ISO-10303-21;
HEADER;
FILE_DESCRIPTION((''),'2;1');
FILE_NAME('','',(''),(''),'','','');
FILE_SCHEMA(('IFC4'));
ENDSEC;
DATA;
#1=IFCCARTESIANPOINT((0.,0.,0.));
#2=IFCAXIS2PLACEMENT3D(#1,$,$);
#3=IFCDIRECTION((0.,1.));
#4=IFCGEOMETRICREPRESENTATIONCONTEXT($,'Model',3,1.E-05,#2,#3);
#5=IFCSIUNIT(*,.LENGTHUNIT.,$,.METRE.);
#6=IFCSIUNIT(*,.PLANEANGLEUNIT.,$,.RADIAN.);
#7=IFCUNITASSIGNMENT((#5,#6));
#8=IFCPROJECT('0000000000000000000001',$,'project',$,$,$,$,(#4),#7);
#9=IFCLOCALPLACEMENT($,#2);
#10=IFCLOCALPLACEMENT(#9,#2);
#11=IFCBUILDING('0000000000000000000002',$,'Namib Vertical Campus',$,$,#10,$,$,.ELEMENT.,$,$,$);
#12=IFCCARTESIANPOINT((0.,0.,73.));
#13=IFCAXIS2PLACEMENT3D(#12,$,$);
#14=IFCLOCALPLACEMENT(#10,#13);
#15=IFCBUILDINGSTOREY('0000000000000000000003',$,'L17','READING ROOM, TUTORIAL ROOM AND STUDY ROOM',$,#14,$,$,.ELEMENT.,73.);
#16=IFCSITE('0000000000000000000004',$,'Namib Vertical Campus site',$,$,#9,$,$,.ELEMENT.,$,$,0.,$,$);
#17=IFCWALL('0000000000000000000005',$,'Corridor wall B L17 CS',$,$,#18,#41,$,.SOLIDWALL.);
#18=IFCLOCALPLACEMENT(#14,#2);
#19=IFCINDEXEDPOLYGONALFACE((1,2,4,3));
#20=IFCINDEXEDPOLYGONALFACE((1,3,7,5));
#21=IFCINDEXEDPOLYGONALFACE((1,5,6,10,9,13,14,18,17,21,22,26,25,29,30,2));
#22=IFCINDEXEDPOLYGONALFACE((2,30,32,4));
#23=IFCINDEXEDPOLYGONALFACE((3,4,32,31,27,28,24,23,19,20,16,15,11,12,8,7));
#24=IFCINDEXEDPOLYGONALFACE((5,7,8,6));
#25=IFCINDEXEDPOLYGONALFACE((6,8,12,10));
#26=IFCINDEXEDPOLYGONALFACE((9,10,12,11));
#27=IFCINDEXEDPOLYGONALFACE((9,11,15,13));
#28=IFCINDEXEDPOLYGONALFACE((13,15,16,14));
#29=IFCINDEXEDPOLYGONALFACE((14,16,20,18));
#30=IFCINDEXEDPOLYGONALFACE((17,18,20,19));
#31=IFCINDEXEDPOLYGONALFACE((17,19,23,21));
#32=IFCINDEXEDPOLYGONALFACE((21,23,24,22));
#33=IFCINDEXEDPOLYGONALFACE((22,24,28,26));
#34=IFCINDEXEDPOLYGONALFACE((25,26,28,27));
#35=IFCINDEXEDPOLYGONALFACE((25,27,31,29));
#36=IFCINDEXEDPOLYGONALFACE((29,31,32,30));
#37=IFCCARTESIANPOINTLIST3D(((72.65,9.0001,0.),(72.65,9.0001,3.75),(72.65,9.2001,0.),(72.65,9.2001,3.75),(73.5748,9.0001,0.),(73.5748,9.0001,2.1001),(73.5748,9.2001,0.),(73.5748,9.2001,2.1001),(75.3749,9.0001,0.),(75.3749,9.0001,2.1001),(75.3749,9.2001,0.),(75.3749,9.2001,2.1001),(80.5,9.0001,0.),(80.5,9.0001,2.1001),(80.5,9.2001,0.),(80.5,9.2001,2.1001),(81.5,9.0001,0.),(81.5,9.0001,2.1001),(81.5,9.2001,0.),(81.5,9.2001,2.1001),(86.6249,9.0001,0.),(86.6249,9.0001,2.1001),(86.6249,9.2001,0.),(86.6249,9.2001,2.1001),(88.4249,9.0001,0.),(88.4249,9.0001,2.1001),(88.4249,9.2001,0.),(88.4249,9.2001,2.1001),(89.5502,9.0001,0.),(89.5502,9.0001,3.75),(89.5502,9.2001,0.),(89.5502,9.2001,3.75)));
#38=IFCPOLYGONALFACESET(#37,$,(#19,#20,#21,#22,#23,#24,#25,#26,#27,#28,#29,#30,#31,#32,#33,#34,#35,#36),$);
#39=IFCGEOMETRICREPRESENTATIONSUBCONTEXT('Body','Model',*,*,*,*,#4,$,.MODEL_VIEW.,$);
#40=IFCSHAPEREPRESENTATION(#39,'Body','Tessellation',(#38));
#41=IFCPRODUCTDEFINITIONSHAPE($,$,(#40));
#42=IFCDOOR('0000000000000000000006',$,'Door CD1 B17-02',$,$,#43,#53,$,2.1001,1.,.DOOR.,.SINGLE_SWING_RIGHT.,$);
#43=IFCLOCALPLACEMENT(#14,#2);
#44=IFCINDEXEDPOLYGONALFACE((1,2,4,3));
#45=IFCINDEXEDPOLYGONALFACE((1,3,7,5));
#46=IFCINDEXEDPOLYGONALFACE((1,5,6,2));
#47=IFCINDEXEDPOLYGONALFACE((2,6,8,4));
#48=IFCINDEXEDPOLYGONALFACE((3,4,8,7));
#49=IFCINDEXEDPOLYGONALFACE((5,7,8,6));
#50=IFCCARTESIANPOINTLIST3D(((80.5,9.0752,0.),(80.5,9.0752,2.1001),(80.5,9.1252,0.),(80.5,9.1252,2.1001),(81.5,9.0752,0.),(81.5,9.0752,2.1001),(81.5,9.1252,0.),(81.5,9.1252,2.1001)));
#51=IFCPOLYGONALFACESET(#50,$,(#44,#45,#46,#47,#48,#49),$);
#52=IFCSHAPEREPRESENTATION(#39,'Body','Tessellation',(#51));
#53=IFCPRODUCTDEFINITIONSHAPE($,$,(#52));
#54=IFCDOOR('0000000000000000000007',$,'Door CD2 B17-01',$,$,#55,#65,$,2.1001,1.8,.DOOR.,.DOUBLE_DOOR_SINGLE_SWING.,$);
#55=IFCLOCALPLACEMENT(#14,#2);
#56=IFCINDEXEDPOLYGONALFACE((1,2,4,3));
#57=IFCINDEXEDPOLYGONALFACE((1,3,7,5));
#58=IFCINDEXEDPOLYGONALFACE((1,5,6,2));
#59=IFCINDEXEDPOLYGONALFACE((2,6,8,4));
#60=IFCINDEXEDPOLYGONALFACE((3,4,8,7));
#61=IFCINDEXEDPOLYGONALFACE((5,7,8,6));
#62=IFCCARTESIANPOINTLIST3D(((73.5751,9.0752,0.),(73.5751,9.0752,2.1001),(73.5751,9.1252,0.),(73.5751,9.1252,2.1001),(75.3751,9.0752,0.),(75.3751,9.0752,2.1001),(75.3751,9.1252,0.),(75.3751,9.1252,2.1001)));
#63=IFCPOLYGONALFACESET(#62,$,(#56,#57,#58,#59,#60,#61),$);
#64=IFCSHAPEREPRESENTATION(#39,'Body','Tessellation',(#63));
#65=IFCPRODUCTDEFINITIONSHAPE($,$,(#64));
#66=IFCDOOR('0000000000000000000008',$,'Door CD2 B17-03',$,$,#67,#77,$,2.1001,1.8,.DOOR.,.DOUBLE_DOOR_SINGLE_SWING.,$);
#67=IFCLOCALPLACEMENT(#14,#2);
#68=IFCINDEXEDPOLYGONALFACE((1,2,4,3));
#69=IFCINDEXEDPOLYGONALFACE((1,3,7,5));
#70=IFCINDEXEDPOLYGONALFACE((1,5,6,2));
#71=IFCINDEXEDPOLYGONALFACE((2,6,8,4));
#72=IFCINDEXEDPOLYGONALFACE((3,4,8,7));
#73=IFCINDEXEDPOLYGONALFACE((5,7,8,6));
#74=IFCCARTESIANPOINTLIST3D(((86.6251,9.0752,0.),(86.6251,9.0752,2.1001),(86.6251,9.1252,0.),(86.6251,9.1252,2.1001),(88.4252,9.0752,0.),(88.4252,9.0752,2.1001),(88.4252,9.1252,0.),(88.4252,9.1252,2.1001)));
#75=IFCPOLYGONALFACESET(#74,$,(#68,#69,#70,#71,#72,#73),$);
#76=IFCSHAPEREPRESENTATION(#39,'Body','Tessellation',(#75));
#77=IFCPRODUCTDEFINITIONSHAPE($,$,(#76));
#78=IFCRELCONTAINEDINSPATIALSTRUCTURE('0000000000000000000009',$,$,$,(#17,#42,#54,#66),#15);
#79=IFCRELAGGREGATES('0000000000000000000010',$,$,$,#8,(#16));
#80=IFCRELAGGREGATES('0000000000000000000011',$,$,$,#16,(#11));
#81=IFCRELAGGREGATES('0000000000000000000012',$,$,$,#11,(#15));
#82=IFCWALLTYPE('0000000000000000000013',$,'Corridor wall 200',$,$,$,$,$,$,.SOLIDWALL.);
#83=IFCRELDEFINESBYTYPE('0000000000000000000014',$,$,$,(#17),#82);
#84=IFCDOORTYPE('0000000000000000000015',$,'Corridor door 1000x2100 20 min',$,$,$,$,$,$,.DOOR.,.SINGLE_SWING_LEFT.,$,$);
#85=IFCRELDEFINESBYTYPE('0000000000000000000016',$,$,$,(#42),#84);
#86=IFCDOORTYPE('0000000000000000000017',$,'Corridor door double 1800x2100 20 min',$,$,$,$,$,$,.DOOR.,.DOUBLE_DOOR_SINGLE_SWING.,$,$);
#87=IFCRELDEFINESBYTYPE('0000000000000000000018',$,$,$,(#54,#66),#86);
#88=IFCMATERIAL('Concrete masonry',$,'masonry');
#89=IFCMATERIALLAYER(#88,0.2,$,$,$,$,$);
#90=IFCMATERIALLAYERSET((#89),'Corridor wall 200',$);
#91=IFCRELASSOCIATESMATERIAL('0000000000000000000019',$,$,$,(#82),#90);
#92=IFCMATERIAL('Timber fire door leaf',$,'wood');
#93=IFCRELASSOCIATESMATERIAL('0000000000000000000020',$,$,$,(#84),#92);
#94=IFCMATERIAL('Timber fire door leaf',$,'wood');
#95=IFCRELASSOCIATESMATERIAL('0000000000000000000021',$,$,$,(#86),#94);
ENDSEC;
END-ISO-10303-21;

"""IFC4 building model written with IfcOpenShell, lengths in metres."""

from ifc_helpers import new_model, si_unit, direction, frame, frame_2d, origin, place, context, subcontext, project, spatial, rectangle, extrude, material, layer, layer_set, type_object, element, fill, save


model = new_model("IFC4")

# Units and contexts
model_context = context("Model", 3, precision=1e-05, world=origin(), true_north=direction((0.0, 1.0)))
body_context = subcontext(model_context, "Body", "Model", "MODEL_VIEW")
ifc_project = project(units=[si_unit("LENGTHUNIT", "METRE"), si_unit("PLANEANGLEUNIT", "RADIAN")], contexts=[model_context])

# Site, building, storey
site_placement = place(None, origin())
site = spatial("IfcSite", under=ifc_project, at=site_placement, Name="Namib Vertical Campus site", CompositionType="ELEMENT", RefElevation=0.0)
building_placement = place(site_placement, origin())
building = spatial("IfcBuilding", under=site, at=building_placement, Name="Namib Vertical Campus", CompositionType="ELEMENT")
storey_placement = place(building_placement, frame((0.0, 0.0, 73.0)))
storey = spatial("IfcBuildingStorey", under=building, at=storey_placement, Name="L17", Description="READING ROOM, TUTORIAL ROOM AND STUDY ROOM", CompositionType="ELEMENT", Elevation=73.0)

# Wall, openings, doors
ifc_material_1 = material(Name="Concrete masonry", Category="masonry")
ifc_layer_1 = layer(ifc_material_1, 0.2)
ifc_layer_set_1 = layer_set([ifc_layer_1], Name="Corridor wall 200")
wall_type_1 = type_object("IfcWallType", Name="Corridor wall 200", PredefinedType="SOLIDWALL", material=ifc_layer_set_1)
wall_1_placement = place(storey_placement, frame((72.6499, 9.1001, 0.0), z_axis=(0.0, 0.0, 1.0), x_axis=(1.0, 0.0, 0.0)))
wall_1 = element("IfcWall", 1, at=wall_1_placement, inside=storey, type_object=wall_type_1, Name="Corridor wall B L17 CS", PredefinedType="SOLIDWALL", context=body_context, shape_type="SweptSolid", body=[
    extrude(rectangle(XDim=16.9001, YDim=0.2, at=frame_2d((8.4502, 0.0))), origin(), (0.0, 0.0, 1.0), 3.75),
])
opening_1_placement = place(wall_1_placement, frame((0.925, 0.0, 0.0)))
opening_1 = element("IfcOpeningElement", 2, at=opening_1_placement, cuts=wall_1, PredefinedType="OPENING", context=body_context, shape_type="SweptSolid", body=[
    extrude(rectangle(XDim=1.8, YDim=2.1001, at=frame_2d((0.8999, 1.05))), frame((0.0, 0.1099, 0.0), z_axis=(0.0, -1.0, 0.0), x_axis=(1.0, 0.0, 0.0)), (0.0, 0.0, 1.0), 0.22),
])
opening_2_placement = place(wall_1_placement, frame((7.8501, 0.0, 0.0)))
opening_2 = element("IfcOpeningElement", 3, at=opening_2_placement, cuts=wall_1, PredefinedType="OPENING", context=body_context, shape_type="SweptSolid", body=[
    extrude(rectangle(XDim=1.0, YDim=2.1001, at=frame_2d((0.5, 1.05))), frame((0.0, 0.1099, 0.0), z_axis=(0.0, -1.0, 0.0), x_axis=(1.0, 0.0, 0.0)), (0.0, 0.0, 1.0), 0.22),
])
opening_3_placement = place(wall_1_placement, frame((13.9751, 0.0, 0.0)))
opening_3 = element("IfcOpeningElement", 4, at=opening_3_placement, cuts=wall_1, PredefinedType="OPENING", context=body_context, shape_type="SweptSolid", body=[
    extrude(rectangle(XDim=1.8, YDim=2.1001, at=frame_2d((0.8999, 1.05))), frame((0.0, 0.1099, 0.0), z_axis=(0.0, -1.0, 0.0), x_axis=(1.0, 0.0, 0.0)), (0.0, 0.0, 1.0), 0.22),
])
ifc_material_2 = material(Name="Timber fire door leaf", Category="wood")
door_type_1 = type_object("IfcDoorType", Name="Corridor door 1000x2100 20 min", OperationType="SINGLE_SWING_LEFT", PredefinedType="DOOR", material=ifc_material_2)
door_1_placement = place(opening_2_placement, frame((1.0, 0.0, 0.0), z_axis=(0.0, 0.0, 1.0), x_axis=(-1.0, 0.0, 0.0)))
door_1 = element("IfcDoor", 5, at=door_1_placement, inside=storey, type_object=door_type_1, Name="Door CD1 B17-02", OperationType="SINGLE_SWING_RIGHT", OverallHeight=2.1001, OverallWidth=1.0, PredefinedType="DOOR", context=body_context, shape_type="SweptSolid", body=[
    extrude(rectangle(XDim=1.0, YDim=2.1001, at=frame_2d((0.5, 1.05))), frame((0.0, 0.0249, 0.0), z_axis=(0.0, -1.0, 0.0), x_axis=(1.0, 0.0, 0.0)), (0.0, 0.0, 1.0), 0.05),
])
fill(opening_2, door_1)
ifc_material_3 = material(Name="Timber fire door leaf", Category="wood")
door_type_2 = type_object("IfcDoorType", Name="Corridor door double 1800x2100 20 min", OperationType="DOUBLE_DOOR_SINGLE_SWING", PredefinedType="DOOR", material=ifc_material_3)
door_2_placement = place(opening_1_placement, frame((1.8, 0.0, 0.0), z_axis=(0.0, 0.0, 1.0), x_axis=(-1.0, 0.0, 0.0)))
door_2 = element("IfcDoor", 6, at=door_2_placement, inside=storey, type_object=door_type_2, Name="Door CD2 B17-01", OperationType="DOUBLE_DOOR_SINGLE_SWING", OverallHeight=2.1001, OverallWidth=1.8, PredefinedType="DOOR", context=body_context, shape_type="SweptSolid", body=[
    extrude(rectangle(XDim=1.8, YDim=2.1001, at=frame_2d((0.8999, 1.05))), frame((0.0, 0.0249, 0.0), z_axis=(0.0, -1.0, 0.0), x_axis=(1.0, 0.0, 0.0)), (0.0, 0.0, 1.0), 0.05),
])
fill(opening_1, door_2)
door_3_placement = place(opening_3_placement, frame((1.8, 0.0, 0.0), z_axis=(0.0, 0.0, 1.0), x_axis=(-1.0, 0.0, 0.0)))
door_3 = element("IfcDoor", 7, at=door_3_placement, inside=storey, type_object=door_type_2, Name="Door CD2 B17-03", OperationType="DOUBLE_DOOR_SINGLE_SWING", OverallHeight=2.1001, OverallWidth=1.8, PredefinedType="DOOR", context=body_context, shape_type="SweptSolid", body=[
    extrude(rectangle(XDim=1.8, YDim=2.1001, at=frame_2d((0.8999, 1.05))), frame((0.0, 0.0249, 0.0), z_axis=(0.0, -1.0, 0.0), x_axis=(1.0, 0.0, 0.0)), (0.0, 0.0, 1.0), 0.05),
])
fill(opening_3, door_3)

save(model, "model.ifc")
